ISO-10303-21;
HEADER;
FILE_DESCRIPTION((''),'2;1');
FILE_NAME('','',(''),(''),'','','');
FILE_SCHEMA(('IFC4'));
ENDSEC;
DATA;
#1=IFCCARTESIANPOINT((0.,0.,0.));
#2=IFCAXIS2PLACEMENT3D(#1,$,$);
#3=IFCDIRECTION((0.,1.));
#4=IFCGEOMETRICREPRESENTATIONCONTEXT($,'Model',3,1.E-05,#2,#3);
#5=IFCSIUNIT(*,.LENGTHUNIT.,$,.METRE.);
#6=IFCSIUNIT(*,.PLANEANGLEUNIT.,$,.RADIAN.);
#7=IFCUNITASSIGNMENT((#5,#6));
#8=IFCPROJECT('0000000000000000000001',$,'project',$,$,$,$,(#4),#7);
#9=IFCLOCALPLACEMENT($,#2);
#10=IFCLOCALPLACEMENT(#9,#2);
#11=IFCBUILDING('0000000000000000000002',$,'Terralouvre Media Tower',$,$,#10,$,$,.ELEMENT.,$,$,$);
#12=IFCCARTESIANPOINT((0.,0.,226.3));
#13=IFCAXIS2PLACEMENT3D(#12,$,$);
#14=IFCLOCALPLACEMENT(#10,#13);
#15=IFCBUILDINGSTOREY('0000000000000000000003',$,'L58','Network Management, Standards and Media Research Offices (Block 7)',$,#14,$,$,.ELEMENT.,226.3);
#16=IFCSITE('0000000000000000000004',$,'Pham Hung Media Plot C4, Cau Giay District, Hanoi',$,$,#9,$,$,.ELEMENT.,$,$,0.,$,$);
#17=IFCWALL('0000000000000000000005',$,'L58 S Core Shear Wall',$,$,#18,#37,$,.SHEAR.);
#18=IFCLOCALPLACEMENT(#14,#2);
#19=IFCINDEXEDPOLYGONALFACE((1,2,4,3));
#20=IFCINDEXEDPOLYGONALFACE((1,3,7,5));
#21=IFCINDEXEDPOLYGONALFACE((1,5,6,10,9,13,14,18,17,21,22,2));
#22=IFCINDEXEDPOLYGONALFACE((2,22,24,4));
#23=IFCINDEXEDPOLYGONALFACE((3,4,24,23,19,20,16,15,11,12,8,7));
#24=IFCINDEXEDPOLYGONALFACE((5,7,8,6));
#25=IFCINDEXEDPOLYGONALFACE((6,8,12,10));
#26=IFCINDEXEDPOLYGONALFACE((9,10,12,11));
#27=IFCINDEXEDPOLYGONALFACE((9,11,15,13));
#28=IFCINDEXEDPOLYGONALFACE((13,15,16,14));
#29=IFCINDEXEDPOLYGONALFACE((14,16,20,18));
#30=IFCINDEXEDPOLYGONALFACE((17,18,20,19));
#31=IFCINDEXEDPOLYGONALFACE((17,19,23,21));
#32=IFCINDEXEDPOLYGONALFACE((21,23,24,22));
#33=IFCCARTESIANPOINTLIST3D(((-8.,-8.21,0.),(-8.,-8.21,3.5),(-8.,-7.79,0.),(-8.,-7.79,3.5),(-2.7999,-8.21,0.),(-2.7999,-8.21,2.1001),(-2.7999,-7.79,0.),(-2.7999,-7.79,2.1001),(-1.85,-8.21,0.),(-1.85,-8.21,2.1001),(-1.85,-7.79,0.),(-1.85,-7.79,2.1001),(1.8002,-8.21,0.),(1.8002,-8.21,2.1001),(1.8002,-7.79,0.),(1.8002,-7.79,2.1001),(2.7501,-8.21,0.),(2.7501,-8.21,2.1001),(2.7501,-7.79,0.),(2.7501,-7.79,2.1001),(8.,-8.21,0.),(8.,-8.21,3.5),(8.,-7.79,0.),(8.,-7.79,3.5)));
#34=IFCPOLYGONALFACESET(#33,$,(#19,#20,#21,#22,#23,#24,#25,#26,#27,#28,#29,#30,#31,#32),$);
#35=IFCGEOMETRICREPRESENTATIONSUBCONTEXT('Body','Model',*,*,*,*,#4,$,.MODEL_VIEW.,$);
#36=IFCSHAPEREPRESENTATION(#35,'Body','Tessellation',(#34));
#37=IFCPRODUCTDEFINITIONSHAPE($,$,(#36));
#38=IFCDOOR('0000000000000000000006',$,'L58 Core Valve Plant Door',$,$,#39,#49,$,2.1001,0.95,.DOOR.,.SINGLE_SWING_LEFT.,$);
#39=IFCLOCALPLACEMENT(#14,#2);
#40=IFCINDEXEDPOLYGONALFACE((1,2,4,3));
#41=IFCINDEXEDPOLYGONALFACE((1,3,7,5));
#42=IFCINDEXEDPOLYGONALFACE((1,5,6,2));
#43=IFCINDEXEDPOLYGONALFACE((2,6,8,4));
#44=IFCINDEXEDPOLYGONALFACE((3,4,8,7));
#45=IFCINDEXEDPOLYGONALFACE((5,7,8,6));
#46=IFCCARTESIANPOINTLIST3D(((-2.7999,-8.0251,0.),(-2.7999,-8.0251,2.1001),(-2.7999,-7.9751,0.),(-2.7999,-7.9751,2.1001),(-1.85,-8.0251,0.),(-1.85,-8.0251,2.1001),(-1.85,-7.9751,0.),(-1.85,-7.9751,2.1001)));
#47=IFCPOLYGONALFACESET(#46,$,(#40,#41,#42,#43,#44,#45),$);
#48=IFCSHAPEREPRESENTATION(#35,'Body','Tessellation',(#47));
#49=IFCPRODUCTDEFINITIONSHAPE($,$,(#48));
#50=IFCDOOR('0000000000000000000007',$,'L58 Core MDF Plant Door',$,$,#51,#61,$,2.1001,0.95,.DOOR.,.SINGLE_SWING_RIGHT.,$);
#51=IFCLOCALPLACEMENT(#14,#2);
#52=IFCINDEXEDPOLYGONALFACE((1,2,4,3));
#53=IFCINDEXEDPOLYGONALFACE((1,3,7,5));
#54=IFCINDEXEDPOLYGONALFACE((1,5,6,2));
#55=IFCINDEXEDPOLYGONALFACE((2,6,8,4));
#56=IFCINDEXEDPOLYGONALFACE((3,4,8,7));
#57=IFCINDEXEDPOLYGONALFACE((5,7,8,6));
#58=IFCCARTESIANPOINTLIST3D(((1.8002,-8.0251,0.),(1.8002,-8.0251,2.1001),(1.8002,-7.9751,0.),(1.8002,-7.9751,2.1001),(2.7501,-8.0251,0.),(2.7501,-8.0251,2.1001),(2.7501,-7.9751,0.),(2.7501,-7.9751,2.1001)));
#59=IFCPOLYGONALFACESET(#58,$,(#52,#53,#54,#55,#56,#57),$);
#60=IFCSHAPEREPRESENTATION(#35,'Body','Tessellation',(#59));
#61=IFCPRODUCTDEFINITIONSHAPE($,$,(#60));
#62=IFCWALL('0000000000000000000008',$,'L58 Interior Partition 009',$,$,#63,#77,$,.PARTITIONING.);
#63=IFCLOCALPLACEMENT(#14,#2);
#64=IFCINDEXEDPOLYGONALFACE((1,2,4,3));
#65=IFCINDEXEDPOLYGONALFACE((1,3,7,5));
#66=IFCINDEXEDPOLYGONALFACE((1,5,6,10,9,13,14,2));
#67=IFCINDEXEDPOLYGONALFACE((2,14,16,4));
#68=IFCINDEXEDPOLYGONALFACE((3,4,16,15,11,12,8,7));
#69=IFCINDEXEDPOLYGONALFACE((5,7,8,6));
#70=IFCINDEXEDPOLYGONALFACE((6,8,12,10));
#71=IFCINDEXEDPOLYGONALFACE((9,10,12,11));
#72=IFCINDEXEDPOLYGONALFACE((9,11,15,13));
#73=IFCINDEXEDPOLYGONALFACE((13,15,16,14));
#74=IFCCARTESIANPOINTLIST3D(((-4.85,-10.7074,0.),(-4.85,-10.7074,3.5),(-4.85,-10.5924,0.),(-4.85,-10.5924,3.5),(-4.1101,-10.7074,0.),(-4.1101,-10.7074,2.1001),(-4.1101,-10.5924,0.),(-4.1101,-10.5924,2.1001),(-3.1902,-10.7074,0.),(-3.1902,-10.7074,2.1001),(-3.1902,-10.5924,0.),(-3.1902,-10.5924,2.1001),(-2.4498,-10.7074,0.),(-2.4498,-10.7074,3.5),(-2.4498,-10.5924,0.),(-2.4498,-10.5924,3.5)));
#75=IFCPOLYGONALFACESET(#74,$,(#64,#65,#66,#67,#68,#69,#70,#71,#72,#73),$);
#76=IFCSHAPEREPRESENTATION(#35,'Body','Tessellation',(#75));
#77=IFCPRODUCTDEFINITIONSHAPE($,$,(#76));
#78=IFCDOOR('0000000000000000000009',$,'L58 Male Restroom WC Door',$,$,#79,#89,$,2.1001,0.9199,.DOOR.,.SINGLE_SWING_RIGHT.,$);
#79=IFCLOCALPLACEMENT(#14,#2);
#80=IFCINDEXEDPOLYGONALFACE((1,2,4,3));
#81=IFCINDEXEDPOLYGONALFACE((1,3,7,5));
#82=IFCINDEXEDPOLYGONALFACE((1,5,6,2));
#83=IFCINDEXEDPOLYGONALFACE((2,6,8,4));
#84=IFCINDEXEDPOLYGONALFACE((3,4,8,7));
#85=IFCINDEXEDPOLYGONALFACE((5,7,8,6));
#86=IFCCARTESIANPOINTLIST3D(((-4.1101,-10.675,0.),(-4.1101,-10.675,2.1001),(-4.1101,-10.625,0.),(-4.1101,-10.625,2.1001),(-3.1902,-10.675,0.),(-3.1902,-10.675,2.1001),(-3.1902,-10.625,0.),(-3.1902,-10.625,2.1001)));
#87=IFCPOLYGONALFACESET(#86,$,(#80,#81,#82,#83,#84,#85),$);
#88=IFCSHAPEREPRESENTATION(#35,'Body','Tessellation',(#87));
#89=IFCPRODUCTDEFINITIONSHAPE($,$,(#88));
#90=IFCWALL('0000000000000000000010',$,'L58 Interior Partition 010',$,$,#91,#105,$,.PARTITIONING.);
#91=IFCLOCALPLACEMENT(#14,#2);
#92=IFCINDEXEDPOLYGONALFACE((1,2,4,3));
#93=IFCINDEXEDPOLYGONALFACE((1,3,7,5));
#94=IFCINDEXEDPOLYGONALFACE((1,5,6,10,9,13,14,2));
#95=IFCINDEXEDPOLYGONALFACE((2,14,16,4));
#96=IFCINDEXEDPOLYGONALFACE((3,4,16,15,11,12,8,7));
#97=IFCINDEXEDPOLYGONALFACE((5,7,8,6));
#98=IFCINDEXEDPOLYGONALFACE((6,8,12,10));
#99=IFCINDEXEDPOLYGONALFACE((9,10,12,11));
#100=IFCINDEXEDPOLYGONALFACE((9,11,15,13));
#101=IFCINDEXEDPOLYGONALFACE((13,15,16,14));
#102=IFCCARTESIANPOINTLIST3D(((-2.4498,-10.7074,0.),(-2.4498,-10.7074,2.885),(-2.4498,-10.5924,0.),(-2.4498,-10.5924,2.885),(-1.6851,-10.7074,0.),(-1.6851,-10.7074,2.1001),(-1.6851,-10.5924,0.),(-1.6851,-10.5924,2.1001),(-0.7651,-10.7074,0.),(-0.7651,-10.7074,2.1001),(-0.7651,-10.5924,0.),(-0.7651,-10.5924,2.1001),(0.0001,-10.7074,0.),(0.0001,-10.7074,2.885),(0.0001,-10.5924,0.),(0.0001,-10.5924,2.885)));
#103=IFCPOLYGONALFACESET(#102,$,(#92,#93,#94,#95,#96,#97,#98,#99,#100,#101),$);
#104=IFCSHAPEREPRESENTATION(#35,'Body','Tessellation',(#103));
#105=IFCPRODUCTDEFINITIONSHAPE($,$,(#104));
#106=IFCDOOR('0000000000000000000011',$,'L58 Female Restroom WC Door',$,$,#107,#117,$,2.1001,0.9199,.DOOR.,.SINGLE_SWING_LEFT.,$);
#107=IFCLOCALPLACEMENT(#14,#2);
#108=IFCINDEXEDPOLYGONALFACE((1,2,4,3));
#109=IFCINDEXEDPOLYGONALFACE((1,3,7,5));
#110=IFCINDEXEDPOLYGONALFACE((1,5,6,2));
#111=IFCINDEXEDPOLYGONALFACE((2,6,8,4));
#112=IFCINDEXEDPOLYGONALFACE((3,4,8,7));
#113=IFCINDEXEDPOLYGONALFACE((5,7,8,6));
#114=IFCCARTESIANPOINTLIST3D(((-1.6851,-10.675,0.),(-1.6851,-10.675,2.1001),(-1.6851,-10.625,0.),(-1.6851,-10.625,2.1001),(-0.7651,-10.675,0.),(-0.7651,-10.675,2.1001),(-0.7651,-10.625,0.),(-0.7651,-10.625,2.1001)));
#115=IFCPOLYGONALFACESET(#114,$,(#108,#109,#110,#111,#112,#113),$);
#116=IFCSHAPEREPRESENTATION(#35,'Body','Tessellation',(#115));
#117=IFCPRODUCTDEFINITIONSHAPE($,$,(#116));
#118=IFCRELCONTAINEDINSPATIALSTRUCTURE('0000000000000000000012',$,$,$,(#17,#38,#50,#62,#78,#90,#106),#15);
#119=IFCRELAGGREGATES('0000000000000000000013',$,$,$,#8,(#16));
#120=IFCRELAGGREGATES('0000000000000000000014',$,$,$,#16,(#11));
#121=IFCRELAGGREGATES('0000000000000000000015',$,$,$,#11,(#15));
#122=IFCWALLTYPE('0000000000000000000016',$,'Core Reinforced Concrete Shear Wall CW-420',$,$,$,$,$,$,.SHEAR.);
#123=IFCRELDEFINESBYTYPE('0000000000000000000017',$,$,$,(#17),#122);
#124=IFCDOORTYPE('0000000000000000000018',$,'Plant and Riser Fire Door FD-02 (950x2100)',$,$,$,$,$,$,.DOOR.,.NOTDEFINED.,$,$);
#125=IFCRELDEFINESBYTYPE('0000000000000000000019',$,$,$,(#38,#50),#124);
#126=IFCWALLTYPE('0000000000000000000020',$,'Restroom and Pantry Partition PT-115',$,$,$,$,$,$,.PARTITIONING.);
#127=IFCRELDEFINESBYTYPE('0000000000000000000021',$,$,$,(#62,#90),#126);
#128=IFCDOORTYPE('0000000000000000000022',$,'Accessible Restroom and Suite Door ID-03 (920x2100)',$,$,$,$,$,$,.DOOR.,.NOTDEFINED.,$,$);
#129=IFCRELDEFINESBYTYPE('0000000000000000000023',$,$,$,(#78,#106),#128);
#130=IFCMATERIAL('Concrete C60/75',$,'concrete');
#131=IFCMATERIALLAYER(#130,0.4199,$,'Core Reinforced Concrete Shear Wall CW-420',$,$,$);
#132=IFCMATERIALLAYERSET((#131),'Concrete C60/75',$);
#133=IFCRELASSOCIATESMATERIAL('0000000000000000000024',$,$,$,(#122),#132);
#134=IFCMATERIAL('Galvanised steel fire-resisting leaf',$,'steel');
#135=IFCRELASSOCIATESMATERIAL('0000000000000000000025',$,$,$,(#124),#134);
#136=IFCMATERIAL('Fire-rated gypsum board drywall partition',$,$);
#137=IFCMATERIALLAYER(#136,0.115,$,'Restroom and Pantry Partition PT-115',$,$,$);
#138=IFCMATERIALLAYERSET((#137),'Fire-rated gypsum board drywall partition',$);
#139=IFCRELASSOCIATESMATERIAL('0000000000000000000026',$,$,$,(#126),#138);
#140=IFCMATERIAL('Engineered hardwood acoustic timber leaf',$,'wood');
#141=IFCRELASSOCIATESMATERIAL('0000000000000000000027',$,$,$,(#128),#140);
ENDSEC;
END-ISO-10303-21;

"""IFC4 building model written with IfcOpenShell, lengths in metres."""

from ifc_helpers import new_model, si_unit, direction, frame, frame_2d, origin, place, context, subcontext, project, spatial, rectangle, extrude, material, layer, layer_set, type_object, element, fill, save


model = new_model("IFC4")

# Units and contexts
model_context = context("Model", 3, precision=1e-05, world=origin(), true_north=direction((0.0, 1.0)))
body_context = subcontext(model_context, "Body", "Model", "MODEL_VIEW")
ifc_project = project(units=[si_unit("LENGTHUNIT", "METRE"), si_unit("PLANEANGLEUNIT", "RADIAN")], contexts=[model_context])

# Site, building, storey
site_placement = place(None, origin())
site = spatial("IfcSite", under=ifc_project, at=site_placement, Name="Pham Hung Media Plot C4, Cau Giay District, Hanoi", CompositionType="ELEMENT", RefElevation=0.0)
building_placement = place(site_placement, origin())
building = spatial("IfcBuilding", under=site, at=building_placement, Name="Terralouvre Media Tower", CompositionType="ELEMENT")
storey_placement = place(building_placement, frame((0.0, 0.0, 226.3)))
storey = spatial("IfcBuildingStorey", under=building, at=storey_placement, Name="L58", Description="Network Management, Standards and Media Research Offices (Block 7)", CompositionType="ELEMENT", Elevation=226.3)

# Wall, openings, doors
ifc_material_1 = material(Name="Concrete C60/75", Category="concrete")
ifc_layer_1 = layer(ifc_material_1, 0.4199, Name="Core Reinforced Concrete Shear Wall CW-420")
ifc_layer_set_1 = layer_set([ifc_layer_1], Name="Concrete C60/75")
wall_type_1 = type_object("IfcWallType", Name="Core Reinforced Concrete Shear Wall CW-420", PredefinedType="SHEAR", material=ifc_layer_set_1)
wall_1_placement = place(storey_placement, frame((-8.0, -8.0, 0.0), z_axis=(0.0, 0.0, 1.0), x_axis=(1.0, 0.0, 0.0)))
wall_1 = element("IfcWall", 1, at=wall_1_placement, inside=storey, type_object=wall_type_1, Name="L58 S Core Shear Wall", PredefinedType="SHEAR", context=body_context, shape_type="SweptSolid", body=[
    extrude(rectangle(XDim=16.0, YDim=0.4199, at=frame_2d((8.0, 0.0))), origin(), (0.0, 0.0, 1.0), 3.5),
])
opening_1_placement = place(wall_1_placement, frame((5.2, 0.0, 0.0)))
opening_1 = element("IfcOpeningElement", 2, at=opening_1_placement, cuts=wall_1, PredefinedType="OPENING", context=body_context, shape_type="SweptSolid", body=[
    extrude(rectangle(XDim=0.95, YDim=2.1001, at=frame_2d((0.4751, 1.05))), frame((0.0, 0.22, 0.0), z_axis=(0.0, -1.0, 0.0), x_axis=(1.0, 0.0, 0.0)), (0.0, 0.0, 1.0), 0.4399),
])
opening_2_placement = place(wall_1_placement, frame((9.8, 0.0, 0.0)))
opening_2 = element("IfcOpeningElement", 3, at=opening_2_placement, cuts=wall_1, PredefinedType="OPENING", context=body_context, shape_type="SweptSolid", body=[
    extrude(rectangle(XDim=0.95, YDim=2.1001, at=frame_2d((0.4751, 1.05))), frame((0.0, 0.22, 0.0), z_axis=(0.0, -1.0, 0.0), x_axis=(1.0, 0.0, 0.0)), (0.0, 0.0, 1.0), 0.4399),
])
ifc_material_2 = material(Name="Galvanised steel fire-resisting leaf", Category="steel")
door_type_1 = type_object("IfcDoorType", Name="Plant and Riser Fire Door FD-02 (950x2100)", OperationType="NOTDEFINED", PredefinedType="DOOR", material=ifc_material_2)
door_1_placement = place(opening_1_placement, origin())
door_1 = element("IfcDoor", 4, at=door_1_placement, inside=storey, type_object=door_type_1, Name="L58 Core Valve Plant Door", OperationType="SINGLE_SWING_LEFT", OverallHeight=2.1001, OverallWidth=0.95, PredefinedType="DOOR", context=body_context, shape_type="SweptSolid", body=[
    extrude(rectangle(XDim=0.95, YDim=2.1001, at=frame_2d((0.4751, 1.05))), frame((0.0, 0.0249, 0.0), z_axis=(0.0, -1.0, 0.0), x_axis=(1.0, 0.0, 0.0)), (0.0, 0.0, 1.0), 0.05),
])
fill(opening_1, door_1)
door_2_placement = place(opening_2_placement, origin())
door_2 = element("IfcDoor", 5, at=door_2_placement, inside=storey, type_object=door_type_1, Name="L58 Core MDF Plant Door", OperationType="SINGLE_SWING_RIGHT", OverallHeight=2.1001, OverallWidth=0.95, PredefinedType="DOOR", context=body_context, shape_type="SweptSolid", body=[
    extrude(rectangle(XDim=0.95, YDim=2.1001, at=frame_2d((0.4751, 1.05))), frame((0.0, 0.0249, 0.0), z_axis=(0.0, -1.0, 0.0), x_axis=(1.0, 0.0, 0.0)), (0.0, 0.0, 1.0), 0.05),
])
fill(opening_2, door_2)

# Walls, openings, doors
ifc_material_3 = material(Name="Fire-rated gypsum board drywall partition")
ifc_layer_2 = layer(ifc_material_3, 0.115, Name="Restroom and Pantry Partition PT-115")
ifc_layer_set_2 = layer_set([ifc_layer_2], Name="Fire-rated gypsum board drywall partition")
wall_type_2 = type_object("IfcWallType", Name="Restroom and Pantry Partition PT-115", PredefinedType="PARTITIONING", material=ifc_layer_set_2)
wall_2_placement = place(storey_placement, frame((-4.8501, -10.6499, 0.0), z_axis=(0.0, 0.0, 1.0), x_axis=(1.0, 0.0, 0.0)))
wall_2 = element("IfcWall", 6, at=wall_2_placement, inside=storey, type_object=wall_type_2, Name="L58 Interior Partition 009", PredefinedType="PARTITIONING", context=body_context, shape_type="SweptSolid", body=[
    extrude(rectangle(XDim=2.4001, YDim=0.115, at=frame_2d((1.2002, 0.0))), origin(), (0.0, 0.0, 1.0), 3.5),
])
opening_3_placement = place(wall_2_placement, frame((0.74, 0.0, 0.0)))
opening_3 = element("IfcOpeningElement", 7, at=opening_3_placement, cuts=wall_2, PredefinedType="OPENING", context=body_context, shape_type="SweptSolid", body=[
    extrude(rectangle(XDim=0.9199, YDim=2.1001, at=frame_2d((0.46, 1.05))), frame((0.0, 0.0674, 0.0), z_axis=(0.0, -1.0, 0.0), x_axis=(1.0, 0.0, 0.0)), (0.0, 0.0, 1.0), 0.135),
])
ifc_material_4 = material(Name="Engineered hardwood acoustic timber leaf", Category="wood")
door_type_2 = type_object("IfcDoorType", Name="Accessible Restroom and Suite Door ID-03 (920x2100)", OperationType="NOTDEFINED", PredefinedType="DOOR", material=ifc_material_4)
door_3_placement = place(opening_3_placement, origin())
door_3 = element("IfcDoor", 8, at=door_3_placement, inside=storey, type_object=door_type_2, Name="L58 Male Restroom WC Door", OperationType="SINGLE_SWING_RIGHT", OverallHeight=2.1001, OverallWidth=0.9199, PredefinedType="DOOR", context=body_context, shape_type="SweptSolid", body=[
    extrude(rectangle(XDim=0.9199, YDim=2.1001, at=frame_2d((0.46, 1.05))), frame((0.0, 0.0249, 0.0), z_axis=(0.0, -1.0, 0.0), x_axis=(1.0, 0.0, 0.0)), (0.0, 0.0, 1.0), 0.05),
])
fill(opening_3, door_3)
wall_3_placement = place(storey_placement, frame((-2.45, -10.6499, 0.0), z_axis=(0.0, 0.0, 1.0), x_axis=(1.0, 0.0, 0.0)))
wall_3 = element("IfcWall", 9, at=wall_3_placement, inside=storey, type_object=wall_type_2, Name="L58 Interior Partition 010", PredefinedType="PARTITIONING", context=body_context, shape_type="SweptSolid", body=[
    extrude(rectangle(XDim=2.45, YDim=0.115, at=frame_2d((1.2251, 0.0))), origin(), (0.0, 0.0, 1.0), 2.885),
])
opening_4_placement = place(wall_3_placement, frame((0.7649, 0.0, 0.0)))
opening_4 = element("IfcOpeningElement", 10, at=opening_4_placement, cuts=wall_3, PredefinedType="OPENING", context=body_context, shape_type="SweptSolid", body=[
    extrude(rectangle(XDim=0.9199, YDim=2.1001, at=frame_2d((0.46, 1.05))), frame((0.0, 0.0674, 0.0), z_axis=(0.0, -1.0, 0.0), x_axis=(1.0, 0.0, 0.0)), (0.0, 0.0, 1.0), 0.135),
])
door_4_placement = place(opening_4_placement, origin())
door_4 = element("IfcDoor", 11, at=door_4_placement, inside=storey, type_object=door_type_2, Name="L58 Female Restroom WC Door", OperationType="SINGLE_SWING_LEFT", OverallHeight=2.1001, OverallWidth=0.9199, PredefinedType="DOOR", context=body_context, shape_type="SweptSolid", body=[
    extrude(rectangle(XDim=0.9199, YDim=2.1001, at=frame_2d((0.46, 1.05))), frame((0.0, 0.0249, 0.0), z_axis=(0.0, -1.0, 0.0), x_axis=(1.0, 0.0, 0.0)), (0.0, 0.0, 1.0), 0.05),
])
fill(opening_4, door_4)

save(model, "model.ifc")
